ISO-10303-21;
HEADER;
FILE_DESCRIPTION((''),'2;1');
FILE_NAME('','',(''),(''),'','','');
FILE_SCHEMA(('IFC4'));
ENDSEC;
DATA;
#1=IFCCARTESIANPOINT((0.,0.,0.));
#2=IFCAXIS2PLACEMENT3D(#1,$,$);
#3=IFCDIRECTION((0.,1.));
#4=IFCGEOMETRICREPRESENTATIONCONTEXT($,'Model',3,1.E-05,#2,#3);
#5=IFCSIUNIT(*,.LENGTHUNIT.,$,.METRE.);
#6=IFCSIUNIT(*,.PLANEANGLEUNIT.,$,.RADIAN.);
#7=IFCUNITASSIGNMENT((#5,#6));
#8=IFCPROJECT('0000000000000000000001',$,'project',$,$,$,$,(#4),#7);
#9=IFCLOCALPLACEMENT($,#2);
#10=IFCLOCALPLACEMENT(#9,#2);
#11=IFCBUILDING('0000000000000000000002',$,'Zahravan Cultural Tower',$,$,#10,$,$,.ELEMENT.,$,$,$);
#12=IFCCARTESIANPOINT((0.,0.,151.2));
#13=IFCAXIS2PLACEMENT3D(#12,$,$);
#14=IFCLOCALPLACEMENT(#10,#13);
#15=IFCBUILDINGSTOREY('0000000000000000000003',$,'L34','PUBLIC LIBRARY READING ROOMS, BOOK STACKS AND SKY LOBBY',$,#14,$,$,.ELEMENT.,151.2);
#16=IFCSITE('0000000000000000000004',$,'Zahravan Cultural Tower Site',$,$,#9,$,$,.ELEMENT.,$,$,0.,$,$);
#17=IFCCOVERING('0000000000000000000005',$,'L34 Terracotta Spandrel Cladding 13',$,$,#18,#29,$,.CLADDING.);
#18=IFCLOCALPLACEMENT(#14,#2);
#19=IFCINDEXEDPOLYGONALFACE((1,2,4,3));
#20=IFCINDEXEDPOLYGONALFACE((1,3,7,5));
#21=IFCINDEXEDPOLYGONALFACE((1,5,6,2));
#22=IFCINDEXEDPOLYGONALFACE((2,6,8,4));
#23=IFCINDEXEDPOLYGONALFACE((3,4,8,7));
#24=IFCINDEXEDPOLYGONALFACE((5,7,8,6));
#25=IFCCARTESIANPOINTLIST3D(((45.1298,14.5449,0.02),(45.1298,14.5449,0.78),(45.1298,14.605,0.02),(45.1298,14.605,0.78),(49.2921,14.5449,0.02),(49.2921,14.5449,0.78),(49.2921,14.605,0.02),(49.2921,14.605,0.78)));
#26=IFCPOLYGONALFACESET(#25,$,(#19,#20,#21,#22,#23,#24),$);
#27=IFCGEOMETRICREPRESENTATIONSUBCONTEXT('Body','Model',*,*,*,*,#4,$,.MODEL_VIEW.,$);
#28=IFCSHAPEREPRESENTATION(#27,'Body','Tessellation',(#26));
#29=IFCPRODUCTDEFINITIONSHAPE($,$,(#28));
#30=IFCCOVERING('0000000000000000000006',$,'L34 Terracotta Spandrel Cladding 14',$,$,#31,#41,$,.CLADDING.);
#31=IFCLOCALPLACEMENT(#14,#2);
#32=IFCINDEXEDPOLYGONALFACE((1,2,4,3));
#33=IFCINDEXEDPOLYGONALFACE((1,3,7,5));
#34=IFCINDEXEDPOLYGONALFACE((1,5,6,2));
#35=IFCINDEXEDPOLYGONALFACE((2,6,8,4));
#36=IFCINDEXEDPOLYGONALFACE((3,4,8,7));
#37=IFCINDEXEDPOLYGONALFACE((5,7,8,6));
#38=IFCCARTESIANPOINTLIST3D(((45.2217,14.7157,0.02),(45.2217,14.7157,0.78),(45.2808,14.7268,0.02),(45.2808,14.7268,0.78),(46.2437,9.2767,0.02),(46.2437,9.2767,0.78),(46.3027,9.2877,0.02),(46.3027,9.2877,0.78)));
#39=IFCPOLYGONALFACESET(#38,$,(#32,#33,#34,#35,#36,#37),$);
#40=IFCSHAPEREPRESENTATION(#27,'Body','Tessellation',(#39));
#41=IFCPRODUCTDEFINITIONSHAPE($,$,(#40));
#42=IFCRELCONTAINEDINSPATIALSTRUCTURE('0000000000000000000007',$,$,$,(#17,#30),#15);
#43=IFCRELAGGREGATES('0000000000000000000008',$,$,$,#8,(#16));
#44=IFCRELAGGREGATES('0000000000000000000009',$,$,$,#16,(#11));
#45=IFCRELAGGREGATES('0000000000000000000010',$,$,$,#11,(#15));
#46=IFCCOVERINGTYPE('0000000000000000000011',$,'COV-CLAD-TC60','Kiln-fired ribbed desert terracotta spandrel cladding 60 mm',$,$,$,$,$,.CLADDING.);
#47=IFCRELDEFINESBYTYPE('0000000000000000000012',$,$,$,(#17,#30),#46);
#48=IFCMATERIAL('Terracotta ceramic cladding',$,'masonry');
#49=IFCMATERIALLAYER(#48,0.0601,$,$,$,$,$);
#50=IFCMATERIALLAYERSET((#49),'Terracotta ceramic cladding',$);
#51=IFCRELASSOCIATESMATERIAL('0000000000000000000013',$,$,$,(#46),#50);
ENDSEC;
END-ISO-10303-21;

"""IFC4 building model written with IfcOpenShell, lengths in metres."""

from ifc_helpers import new_model, si_unit, direction, frame, origin, origin_2d, place, context, subcontext, project, spatial, rectangle, extrude, source, transform, mapped, material, layer, layer_set, type_object, element, save


model = new_model("IFC4")

# Units and contexts
model_context = context("Model", 3, precision=1e-05, world=origin(), true_north=direction((0.0, 1.0)))
body_context = subcontext(model_context, "Body", "Model", "MODEL_VIEW")
ifc_project = project(units=[si_unit("LENGTHUNIT", "METRE"), si_unit("PLANEANGLEUNIT", "RADIAN")], contexts=[model_context])

# Site, building, storey
site_placement = place(None, origin())
site = spatial("IfcSite", under=ifc_project, at=site_placement, Name="Zahravan Cultural Tower Site", CompositionType="ELEMENT", RefElevation=0.0)
building_placement = place(site_placement, origin())
building = spatial("IfcBuilding", under=site, at=building_placement, Name="Zahravan Cultural Tower", CompositionType="ELEMENT")
storey_placement = place(building_placement, frame((0.0, 0.0, 151.2)))
storey = spatial("IfcBuildingStorey", under=building, at=storey_placement, Name="L34", Description="PUBLIC LIBRARY READING ROOMS, BOOK STACKS AND SKY LOBBY", CompositionType="ELEMENT", Elevation=151.2)

# Coverings
ifc_material_1 = material(Name="Terracotta ceramic cladding", Category="masonry")
ifc_layer_1 = layer(ifc_material_1, 0.0601)
ifc_layer_set_1 = layer_set([ifc_layer_1], Name="Terracotta ceramic cladding")
covering_type = type_object("IfcCoveringType", Name="COV-CLAD-TC60", Description="Kiln-fired ribbed desert terracotta spandrel cladding 60 mm", PredefinedType="CLADDING", material=ifc_layer_set_1)
shared_shape_1 = source(origin(), body_context, "Body", "SweptSolid", [
    extrude(rectangle(XDim=4.1624, YDim=0.0601, at=origin_2d()), origin(), (0.0, 0.0, 1.0), 0.76),
])
covering_1_placement = place(storey_placement, frame((47.2109, 14.575, 0.02), z_axis=(0.0, 0.0, 1.0), x_axis=(-1.0, 0.0, 0.0)))
element("IfcCovering", 1, at=covering_1_placement, inside=storey, type_object=covering_type, Name="L34 Terracotta Spandrel Cladding 13", PredefinedType="CLADDING", context=body_context, shape_type="MappedRepresentation", body=[
    mapped(shared_shape_1, transform((0.0, 0.0, 0.0), x_axis=(1.0, 0.0, 0.0), y_axis=(0.0, 1.0, 0.0), z_axis=(0.0, 0.0, 1.0), scale=1.0)),
])
shared_shape_2 = source(origin(), body_context, "Body", "SweptSolid", [
    extrude(rectangle(XDim=5.5342, YDim=0.0601, at=origin_2d()), origin(), (0.0, 0.0, 1.0), 0.76),
])
covering_2_placement = place(storey_placement, frame((45.7622, 12.0017, 0.02), z_axis=(0.0, 0.0, 1.0), x_axis=(0.184655, -0.982803, 0.0)))
element("IfcCovering", 2, at=covering_2_placement, inside=storey, type_object=covering_type, Name="L34 Terracotta Spandrel Cladding 14", PredefinedType="CLADDING", context=body_context, shape_type="MappedRepresentation", body=[
    mapped(shared_shape_2, transform((0.0, 0.0, 0.0), x_axis=(1.0, 0.0, 0.0), y_axis=(0.0, 1.0, 0.0), z_axis=(0.0, 0.0, 1.0), scale=1.0)),
])

save(model, "model.ifc")
